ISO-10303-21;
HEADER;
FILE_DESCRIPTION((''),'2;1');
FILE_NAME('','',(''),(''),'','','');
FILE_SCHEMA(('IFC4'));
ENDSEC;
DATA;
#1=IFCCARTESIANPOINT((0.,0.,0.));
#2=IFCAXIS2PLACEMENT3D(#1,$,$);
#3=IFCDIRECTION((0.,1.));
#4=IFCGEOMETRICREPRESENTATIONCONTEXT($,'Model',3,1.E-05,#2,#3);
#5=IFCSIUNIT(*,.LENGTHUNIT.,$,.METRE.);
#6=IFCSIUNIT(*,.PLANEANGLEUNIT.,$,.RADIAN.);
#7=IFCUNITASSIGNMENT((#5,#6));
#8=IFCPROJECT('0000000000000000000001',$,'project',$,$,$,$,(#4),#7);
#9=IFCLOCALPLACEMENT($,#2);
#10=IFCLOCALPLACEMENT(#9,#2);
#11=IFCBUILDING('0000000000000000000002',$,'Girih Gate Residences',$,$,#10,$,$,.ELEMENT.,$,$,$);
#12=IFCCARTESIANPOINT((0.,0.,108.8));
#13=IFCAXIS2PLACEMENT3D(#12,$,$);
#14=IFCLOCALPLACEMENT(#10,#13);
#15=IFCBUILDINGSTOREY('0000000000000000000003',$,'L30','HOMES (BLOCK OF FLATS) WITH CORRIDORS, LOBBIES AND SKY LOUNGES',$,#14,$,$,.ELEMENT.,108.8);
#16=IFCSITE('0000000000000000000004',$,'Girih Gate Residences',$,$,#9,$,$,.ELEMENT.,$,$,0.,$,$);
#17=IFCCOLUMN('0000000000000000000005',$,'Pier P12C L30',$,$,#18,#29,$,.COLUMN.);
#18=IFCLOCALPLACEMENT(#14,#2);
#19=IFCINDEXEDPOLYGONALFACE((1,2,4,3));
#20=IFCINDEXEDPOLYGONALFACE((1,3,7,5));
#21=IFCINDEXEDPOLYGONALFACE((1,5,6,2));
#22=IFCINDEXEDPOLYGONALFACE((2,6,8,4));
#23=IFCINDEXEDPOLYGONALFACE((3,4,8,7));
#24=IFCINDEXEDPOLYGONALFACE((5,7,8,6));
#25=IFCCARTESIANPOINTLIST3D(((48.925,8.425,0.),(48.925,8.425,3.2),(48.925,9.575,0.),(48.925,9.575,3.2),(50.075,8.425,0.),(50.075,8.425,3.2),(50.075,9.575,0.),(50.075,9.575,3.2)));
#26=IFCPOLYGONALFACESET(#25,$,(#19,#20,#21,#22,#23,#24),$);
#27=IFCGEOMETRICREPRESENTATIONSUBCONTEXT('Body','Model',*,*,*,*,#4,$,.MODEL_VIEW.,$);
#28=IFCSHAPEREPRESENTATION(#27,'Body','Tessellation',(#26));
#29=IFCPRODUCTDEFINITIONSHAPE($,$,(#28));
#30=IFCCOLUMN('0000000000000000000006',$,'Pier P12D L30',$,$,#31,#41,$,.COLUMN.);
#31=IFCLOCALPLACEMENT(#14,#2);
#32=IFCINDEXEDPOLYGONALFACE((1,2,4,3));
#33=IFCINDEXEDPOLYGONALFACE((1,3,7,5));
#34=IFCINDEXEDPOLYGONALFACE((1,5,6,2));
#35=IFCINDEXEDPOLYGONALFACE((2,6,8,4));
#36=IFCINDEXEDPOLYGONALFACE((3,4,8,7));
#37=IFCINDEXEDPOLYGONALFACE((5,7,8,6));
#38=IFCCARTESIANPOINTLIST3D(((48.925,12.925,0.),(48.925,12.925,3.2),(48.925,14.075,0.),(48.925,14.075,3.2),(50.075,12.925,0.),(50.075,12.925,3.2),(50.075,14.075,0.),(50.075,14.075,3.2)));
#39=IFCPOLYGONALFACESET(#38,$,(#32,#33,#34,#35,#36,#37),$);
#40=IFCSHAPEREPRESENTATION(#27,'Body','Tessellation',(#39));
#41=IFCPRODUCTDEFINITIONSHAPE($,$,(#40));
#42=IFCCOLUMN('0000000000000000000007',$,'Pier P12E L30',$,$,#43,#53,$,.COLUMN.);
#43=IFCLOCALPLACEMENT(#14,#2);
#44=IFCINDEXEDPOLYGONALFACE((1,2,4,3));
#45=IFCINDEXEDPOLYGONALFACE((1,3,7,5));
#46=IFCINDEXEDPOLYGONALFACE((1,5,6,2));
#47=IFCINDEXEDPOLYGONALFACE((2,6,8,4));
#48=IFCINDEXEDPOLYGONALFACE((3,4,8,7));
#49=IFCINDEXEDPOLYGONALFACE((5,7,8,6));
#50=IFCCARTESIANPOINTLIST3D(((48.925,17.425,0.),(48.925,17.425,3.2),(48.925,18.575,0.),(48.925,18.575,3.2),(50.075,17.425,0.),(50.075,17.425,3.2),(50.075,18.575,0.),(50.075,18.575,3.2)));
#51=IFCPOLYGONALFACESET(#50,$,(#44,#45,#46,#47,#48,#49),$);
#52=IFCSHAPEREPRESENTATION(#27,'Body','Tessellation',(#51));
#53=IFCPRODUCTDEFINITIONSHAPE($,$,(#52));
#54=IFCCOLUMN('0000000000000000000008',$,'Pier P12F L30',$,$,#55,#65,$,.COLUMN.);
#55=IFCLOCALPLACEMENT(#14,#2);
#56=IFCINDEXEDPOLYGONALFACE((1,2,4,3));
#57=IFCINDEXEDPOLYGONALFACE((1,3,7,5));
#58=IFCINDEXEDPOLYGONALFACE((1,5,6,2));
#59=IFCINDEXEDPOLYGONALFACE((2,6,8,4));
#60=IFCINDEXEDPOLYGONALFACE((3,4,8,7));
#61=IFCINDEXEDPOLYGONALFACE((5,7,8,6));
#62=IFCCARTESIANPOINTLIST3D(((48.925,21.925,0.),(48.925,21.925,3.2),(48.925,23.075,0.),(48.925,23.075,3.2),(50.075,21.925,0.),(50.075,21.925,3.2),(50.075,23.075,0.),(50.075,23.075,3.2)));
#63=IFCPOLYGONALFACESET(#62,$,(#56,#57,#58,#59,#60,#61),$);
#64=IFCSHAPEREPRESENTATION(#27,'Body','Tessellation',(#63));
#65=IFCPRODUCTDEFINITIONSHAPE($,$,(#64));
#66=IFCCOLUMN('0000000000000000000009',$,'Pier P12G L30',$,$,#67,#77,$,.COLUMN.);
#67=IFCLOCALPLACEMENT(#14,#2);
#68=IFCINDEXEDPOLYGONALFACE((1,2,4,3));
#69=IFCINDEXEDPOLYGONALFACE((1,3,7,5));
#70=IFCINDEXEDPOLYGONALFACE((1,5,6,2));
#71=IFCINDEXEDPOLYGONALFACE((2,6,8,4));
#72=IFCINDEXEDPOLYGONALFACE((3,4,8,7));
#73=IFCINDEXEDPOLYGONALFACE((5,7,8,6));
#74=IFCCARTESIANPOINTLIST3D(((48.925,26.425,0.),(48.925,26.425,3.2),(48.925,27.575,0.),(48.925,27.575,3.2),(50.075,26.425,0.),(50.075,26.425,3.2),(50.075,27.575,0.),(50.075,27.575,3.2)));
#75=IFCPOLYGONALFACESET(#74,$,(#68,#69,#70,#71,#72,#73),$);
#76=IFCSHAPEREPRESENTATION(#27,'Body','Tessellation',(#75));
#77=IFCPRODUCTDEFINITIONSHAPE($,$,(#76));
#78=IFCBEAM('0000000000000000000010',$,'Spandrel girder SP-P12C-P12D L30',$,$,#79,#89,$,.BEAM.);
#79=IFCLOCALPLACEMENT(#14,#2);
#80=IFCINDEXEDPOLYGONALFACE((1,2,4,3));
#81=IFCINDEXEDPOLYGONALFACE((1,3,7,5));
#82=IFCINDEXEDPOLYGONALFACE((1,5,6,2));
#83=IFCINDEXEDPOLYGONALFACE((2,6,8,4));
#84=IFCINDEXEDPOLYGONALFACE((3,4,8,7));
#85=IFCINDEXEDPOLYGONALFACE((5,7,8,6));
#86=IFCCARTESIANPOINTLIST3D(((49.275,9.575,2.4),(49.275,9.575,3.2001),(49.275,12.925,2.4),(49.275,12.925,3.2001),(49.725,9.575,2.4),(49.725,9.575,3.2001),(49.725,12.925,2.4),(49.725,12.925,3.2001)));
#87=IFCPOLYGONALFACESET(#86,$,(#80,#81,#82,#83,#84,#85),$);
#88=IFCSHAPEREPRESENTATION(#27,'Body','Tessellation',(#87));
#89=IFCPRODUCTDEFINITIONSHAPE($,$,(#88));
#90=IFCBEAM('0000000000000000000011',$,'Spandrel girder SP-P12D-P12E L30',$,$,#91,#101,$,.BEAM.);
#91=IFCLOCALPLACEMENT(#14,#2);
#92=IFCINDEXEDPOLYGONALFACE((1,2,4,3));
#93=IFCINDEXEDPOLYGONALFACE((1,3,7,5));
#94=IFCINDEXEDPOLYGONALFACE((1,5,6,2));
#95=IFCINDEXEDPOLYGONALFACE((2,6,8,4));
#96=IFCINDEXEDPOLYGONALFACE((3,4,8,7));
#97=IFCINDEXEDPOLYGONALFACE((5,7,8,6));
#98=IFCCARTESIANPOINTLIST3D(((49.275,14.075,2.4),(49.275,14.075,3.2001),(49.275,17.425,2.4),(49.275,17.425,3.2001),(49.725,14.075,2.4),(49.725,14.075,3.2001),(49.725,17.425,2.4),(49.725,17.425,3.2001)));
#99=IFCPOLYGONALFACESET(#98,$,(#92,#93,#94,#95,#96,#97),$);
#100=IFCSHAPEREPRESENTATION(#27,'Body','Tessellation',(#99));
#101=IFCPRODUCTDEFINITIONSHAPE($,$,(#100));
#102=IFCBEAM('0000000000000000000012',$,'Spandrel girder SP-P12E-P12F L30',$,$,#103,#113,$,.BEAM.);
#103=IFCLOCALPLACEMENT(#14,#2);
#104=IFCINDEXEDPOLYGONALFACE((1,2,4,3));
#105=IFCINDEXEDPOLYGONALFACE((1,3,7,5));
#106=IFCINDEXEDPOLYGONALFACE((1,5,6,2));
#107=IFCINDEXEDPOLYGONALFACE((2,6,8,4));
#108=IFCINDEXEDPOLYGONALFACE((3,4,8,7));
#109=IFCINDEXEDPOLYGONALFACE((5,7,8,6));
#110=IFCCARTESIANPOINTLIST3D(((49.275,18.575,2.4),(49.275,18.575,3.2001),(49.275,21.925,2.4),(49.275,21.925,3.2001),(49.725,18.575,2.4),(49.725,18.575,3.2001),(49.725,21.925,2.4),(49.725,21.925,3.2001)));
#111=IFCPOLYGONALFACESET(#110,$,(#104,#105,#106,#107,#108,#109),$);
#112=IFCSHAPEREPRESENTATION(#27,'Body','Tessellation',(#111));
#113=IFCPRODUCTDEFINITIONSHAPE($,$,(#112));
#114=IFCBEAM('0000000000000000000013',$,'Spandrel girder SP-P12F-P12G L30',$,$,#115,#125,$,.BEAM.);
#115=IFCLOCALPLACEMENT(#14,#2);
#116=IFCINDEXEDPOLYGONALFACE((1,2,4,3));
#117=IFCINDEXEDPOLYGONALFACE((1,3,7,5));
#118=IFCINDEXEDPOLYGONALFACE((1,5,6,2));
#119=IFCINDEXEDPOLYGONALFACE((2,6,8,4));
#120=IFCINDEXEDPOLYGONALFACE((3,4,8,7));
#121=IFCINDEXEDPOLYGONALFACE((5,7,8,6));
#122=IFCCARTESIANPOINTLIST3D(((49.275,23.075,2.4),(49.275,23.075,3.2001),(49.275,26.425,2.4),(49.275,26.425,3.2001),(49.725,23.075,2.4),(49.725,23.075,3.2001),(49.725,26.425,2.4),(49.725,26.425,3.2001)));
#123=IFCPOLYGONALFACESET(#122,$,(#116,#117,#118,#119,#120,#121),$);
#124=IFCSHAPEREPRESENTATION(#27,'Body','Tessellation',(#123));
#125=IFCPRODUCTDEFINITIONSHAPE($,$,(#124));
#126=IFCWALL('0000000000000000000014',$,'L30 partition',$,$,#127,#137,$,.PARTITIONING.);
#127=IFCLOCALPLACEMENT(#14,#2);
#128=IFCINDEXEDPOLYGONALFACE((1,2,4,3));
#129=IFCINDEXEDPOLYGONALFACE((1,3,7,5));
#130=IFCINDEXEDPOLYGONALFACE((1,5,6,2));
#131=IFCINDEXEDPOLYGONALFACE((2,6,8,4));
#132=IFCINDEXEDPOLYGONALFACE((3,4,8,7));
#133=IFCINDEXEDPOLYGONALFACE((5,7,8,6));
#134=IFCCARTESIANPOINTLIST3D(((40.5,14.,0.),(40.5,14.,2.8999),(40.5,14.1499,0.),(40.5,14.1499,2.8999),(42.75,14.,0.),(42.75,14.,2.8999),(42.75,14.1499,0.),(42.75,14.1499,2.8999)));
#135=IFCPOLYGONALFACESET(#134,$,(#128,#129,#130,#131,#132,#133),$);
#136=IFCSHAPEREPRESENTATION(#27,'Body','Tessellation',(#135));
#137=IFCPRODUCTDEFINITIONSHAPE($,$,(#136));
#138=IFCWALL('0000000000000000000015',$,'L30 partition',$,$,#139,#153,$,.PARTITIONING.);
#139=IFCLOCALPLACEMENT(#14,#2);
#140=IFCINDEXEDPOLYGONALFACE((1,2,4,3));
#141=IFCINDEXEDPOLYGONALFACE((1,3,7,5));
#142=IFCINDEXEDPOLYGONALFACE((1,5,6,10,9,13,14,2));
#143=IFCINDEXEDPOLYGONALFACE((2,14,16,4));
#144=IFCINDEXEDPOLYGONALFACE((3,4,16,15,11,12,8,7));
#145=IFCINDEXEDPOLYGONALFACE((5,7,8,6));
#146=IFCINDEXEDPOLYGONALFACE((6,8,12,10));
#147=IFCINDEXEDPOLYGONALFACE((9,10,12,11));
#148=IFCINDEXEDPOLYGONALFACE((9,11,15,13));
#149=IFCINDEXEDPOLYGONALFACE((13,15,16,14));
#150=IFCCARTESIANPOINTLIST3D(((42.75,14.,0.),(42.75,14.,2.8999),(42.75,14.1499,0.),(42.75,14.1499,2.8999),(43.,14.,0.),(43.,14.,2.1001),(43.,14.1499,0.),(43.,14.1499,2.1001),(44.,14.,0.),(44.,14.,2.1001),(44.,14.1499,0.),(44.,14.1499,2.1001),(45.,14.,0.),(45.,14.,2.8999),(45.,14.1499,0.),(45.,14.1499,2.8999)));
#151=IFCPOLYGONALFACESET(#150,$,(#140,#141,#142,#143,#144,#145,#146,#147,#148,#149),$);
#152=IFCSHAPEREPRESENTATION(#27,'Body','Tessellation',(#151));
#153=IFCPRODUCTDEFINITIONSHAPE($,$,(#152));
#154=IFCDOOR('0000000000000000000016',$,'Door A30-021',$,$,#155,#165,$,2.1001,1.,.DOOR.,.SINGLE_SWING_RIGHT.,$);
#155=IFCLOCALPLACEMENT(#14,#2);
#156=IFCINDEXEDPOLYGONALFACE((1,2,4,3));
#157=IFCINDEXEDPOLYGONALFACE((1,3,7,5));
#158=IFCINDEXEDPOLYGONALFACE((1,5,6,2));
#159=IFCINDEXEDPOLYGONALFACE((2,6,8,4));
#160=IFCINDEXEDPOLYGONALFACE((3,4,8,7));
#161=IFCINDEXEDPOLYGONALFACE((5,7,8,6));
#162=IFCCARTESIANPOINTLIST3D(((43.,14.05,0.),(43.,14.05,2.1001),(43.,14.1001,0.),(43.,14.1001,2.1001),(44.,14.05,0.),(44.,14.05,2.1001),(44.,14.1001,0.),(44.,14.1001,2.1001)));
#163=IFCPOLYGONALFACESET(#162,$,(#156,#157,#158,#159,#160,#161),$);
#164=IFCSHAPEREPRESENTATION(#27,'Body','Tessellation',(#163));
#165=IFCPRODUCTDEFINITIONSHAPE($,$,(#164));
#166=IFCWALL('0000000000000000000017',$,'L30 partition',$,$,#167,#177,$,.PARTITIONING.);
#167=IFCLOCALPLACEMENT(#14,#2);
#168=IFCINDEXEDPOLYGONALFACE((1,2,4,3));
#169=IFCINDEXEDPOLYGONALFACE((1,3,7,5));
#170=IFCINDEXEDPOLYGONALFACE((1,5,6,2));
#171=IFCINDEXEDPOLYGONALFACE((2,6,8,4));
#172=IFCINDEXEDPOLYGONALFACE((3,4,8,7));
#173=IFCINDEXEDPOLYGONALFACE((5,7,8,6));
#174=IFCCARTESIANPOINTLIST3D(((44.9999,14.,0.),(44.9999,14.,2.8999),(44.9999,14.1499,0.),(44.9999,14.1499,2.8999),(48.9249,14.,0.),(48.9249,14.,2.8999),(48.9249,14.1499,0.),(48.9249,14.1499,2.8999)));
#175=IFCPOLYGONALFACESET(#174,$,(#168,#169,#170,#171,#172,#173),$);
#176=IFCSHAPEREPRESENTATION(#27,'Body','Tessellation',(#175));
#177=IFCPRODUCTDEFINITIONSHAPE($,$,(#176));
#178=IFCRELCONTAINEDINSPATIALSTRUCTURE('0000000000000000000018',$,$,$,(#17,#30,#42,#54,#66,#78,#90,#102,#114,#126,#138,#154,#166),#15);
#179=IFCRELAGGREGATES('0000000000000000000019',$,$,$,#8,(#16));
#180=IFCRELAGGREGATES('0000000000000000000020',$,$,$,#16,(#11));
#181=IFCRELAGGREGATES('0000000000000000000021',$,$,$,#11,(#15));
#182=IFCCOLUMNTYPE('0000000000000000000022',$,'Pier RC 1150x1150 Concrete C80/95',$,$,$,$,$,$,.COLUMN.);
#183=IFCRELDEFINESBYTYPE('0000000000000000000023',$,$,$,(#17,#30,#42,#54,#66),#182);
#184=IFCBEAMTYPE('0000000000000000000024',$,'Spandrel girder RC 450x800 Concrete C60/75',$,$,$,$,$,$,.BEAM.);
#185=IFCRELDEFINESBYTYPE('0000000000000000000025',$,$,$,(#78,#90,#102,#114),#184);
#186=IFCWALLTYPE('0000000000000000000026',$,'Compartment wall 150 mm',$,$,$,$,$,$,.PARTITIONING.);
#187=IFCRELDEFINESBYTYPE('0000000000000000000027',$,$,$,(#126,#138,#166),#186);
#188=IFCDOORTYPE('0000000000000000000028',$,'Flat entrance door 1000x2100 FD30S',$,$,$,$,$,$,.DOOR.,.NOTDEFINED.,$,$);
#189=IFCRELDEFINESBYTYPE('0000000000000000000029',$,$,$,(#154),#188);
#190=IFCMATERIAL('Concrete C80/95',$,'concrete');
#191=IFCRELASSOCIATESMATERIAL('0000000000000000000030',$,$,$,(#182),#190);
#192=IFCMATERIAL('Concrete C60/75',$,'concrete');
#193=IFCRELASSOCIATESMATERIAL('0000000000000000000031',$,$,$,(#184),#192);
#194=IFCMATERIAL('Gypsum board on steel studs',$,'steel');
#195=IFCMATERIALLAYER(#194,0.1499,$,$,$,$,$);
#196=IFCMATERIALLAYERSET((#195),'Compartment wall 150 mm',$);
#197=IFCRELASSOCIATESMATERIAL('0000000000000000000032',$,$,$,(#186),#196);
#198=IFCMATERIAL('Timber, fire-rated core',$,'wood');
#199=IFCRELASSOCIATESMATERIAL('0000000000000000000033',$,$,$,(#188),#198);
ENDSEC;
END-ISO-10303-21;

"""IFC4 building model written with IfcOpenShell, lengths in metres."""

from ifc_helpers import new_model, si_unit, direction, frame, frame_2d, origin, origin_2d, place, context, subcontext, project, spatial, rectangle, extrude, material, layer, layer_set, material_profile, profile_set, type_object, element, fill, save


model = new_model("IFC4")

# Units and contexts
model_context = context("Model", 3, precision=1e-05, world=origin(), true_north=direction((0.0, 1.0)))
body_context = subcontext(model_context, "Body", "Model", "MODEL_VIEW")
ifc_project = project(units=[si_unit("LENGTHUNIT", "METRE"), si_unit("PLANEANGLEUNIT", "RADIAN")], contexts=[model_context])

# Site, building, storey
site_placement = place(None, origin())
site = spatial("IfcSite", under=ifc_project, at=site_placement, Name="Girih Gate Residences", CompositionType="ELEMENT", RefElevation=0.0)
building_placement = place(site_placement, origin())
building = spatial("IfcBuilding", under=site, at=building_placement, Name="Girih Gate Residences", CompositionType="ELEMENT")
storey_placement = place(building_placement, frame((0.0, 0.0, 108.8)))
storey = spatial("IfcBuildingStorey", under=building, at=storey_placement, Name="L30", Description="HOMES (BLOCK OF FLATS) WITH CORRIDORS, LOBBIES AND SKY LOUNGES", CompositionType="ELEMENT", Elevation=108.8)

# Columns
ifc_material_1 = material(Name="Concrete C80/95", Category="concrete")
ifc_material_profile_1 = material_profile(ifc_material_1, rectangle(XDim=1.1499, YDim=1.1499, at=origin_2d()))
ifc_profile_set_1 = profile_set([ifc_material_profile_1], Name="Concrete C80/95")
column_type = type_object("IfcColumnType", Name="Pier RC 1150x1150 Concrete C80/95", PredefinedType="COLUMN", material=ifc_profile_set_1)
for number, where, z_axis, x_axis, name in (
    (1, (49.5, 9.0, 0.0), (0.0, 0.0, 1.0), (1.0, 0.0, 0.0), "Pier P12C L30"),
    (2, (49.5, 13.5, 0.0), (0.0, 0.0, 1.0), (1.0, 0.0, 0.0), "Pier P12D L30"),
    (3, (49.5, 18.0, 0.0), (0.0, 0.0, 1.0), (1.0, 0.0, 0.0), "Pier P12E L30"),
    (4, (49.5, 22.5, 0.0), (0.0, 0.0, 1.0), (1.0, 0.0, 0.0), "Pier P12F L30"),
    (5, (49.5, 27.0, 0.0), (0.0, 0.0, 1.0), (1.0, 0.0, 0.0), "Pier P12G L30"),
):
    element("IfcColumn", number, at=place(storey_placement, frame(where, z_axis=z_axis, x_axis=x_axis)), inside=storey, type_object=column_type, Name=name, PredefinedType="COLUMN", context=body_context, shape_type="SweptSolid", body=[
        extrude(rectangle(XDim=1.1499, YDim=1.1499, at=origin_2d()), origin(), (0.0, 0.0, 1.0), 3.2),
    ])

# Beams
ifc_material_2 = material(Name="Concrete C60/75", Category="concrete")
ifc_material_profile_2 = material_profile(ifc_material_2, rectangle(XDim=0.45, YDim=0.8, at=origin_2d()))
ifc_profile_set_2 = profile_set([ifc_material_profile_2], Name="Concrete C60/75")
beam_type = type_object("IfcBeamType", Name="Spandrel girder RC 450x800 Concrete C60/75", PredefinedType="BEAM", material=ifc_profile_set_2)
for number, where, z_axis, x_axis, name in (
    (6, (49.5, 9.575, 2.8), (0.0, 1.0, 0.0), (-1.0, 0.0, 0.0), "Spandrel girder SP-P12C-P12D L30"),
    (7, (49.5, 14.075, 2.8), (0.0, 1.0, 0.0), (-1.0, 0.0, 0.0), "Spandrel girder SP-P12D-P12E L30"),
    (8, (49.5, 18.575, 2.8), (0.0, 1.0, 0.0), (-1.0, 0.0, 0.0), "Spandrel girder SP-P12E-P12F L30"),
    (9, (49.5, 23.075, 2.8), (0.0, 1.0, 0.0), (-1.0, 0.0, 0.0), "Spandrel girder SP-P12F-P12G L30"),
):
    element("IfcBeam", number, at=place(storey_placement, frame(where, z_axis=z_axis, x_axis=x_axis)), inside=storey, type_object=beam_type, Name=name, PredefinedType="BEAM", context=body_context, shape_type="SweptSolid", body=[
        extrude(rectangle(XDim=0.45, YDim=0.8, at=origin_2d()), origin(), (0.0, 0.0, 1.0), 3.3501),
    ])

# Wall
ifc_material_3 = material(Name="Gypsum board on steel studs", Category="steel")
ifc_layer_1 = layer(ifc_material_3, 0.1499)
ifc_layer_set_1 = layer_set([ifc_layer_1], Name="Compartment wall 150 mm")
wall_type_1 = type_object("IfcWallType", Name="Compartment wall 150 mm", PredefinedType="PARTITIONING", material=ifc_layer_set_1)
wall_1_placement = place(storey_placement, frame((40.5, 14.075, 0.0), z_axis=(0.0, 0.0, 1.0), x_axis=(1.0, 0.0, 0.0)))
element("IfcWall", 10, at=wall_1_placement, inside=storey, type_object=wall_type_1, Name="L30 partition", PredefinedType="PARTITIONING", context=body_context, shape_type="SweptSolid", body=[
    extrude(rectangle(XDim=2.25, YDim=0.1499, at=frame_2d((1.125, 0.0))), origin(), (0.0, 0.0, 1.0), 2.8999),
])

# Wall, opening, door
wall_2_placement = place(storey_placement, frame((45.0, 14.075, 0.0), z_axis=(0.0, 0.0, 1.0), x_axis=(-1.0, 0.0, 0.0)))
wall_2 = element("IfcWall", 11, at=wall_2_placement, inside=storey, type_object=wall_type_1, Name="L30 partition", PredefinedType="PARTITIONING", context=body_context, shape_type="SweptSolid", body=[
    extrude(rectangle(XDim=2.25, YDim=0.1499, at=frame_2d((1.125, 0.0))), origin(), (0.0, 0.0, 1.0), 2.8999),
])
opening_1_placement = place(wall_2_placement, frame((1.0, 0.0, 0.0)))
opening_1 = element("IfcOpeningElement", 12, at=opening_1_placement, cuts=wall_2, PredefinedType="OPENING", context=body_context, shape_type="SweptSolid", body=[
    extrude(rectangle(XDim=1.0, YDim=2.1001, at=frame_2d((0.5, 1.05))), frame((0.0, 0.085, 0.0), z_axis=(0.0, -1.0, 0.0), x_axis=(1.0, 0.0, 0.0)), (0.0, 0.0, 1.0), 0.1699),
])
ifc_material_4 = material(Name="Timber, fire-rated core", Category="wood")
door_type_1 = type_object("IfcDoorType", Name="Flat entrance door 1000x2100 FD30S", OperationType="NOTDEFINED", PredefinedType="DOOR", material=ifc_material_4)
door_1_placement = place(opening_1_placement, origin())
door_1 = element("IfcDoor", 13, at=door_1_placement, inside=storey, type_object=door_type_1, Name="Door A30-021", OperationType="SINGLE_SWING_RIGHT", OverallHeight=2.1001, OverallWidth=1.0, PredefinedType="DOOR", context=body_context, shape_type="SweptSolid", body=[
    extrude(rectangle(XDim=1.0, YDim=2.1001, at=frame_2d((0.5, 1.05))), frame((0.0, 0.0249, 0.0), z_axis=(0.0, -1.0, 0.0), x_axis=(1.0, 0.0, 0.0)), (0.0, 0.0, 1.0), 0.05),
])
fill(opening_1, door_1)

# Wall
wall_3_placement = place(storey_placement, frame((45.0, 14.075, 0.0), z_axis=(0.0, 0.0, 1.0), x_axis=(1.0, 0.0, 0.0)))
element("IfcWall", 14, at=wall_3_placement, inside=storey, type_object=wall_type_1, Name="L30 partition", PredefinedType="PARTITIONING", context=body_context, shape_type="SweptSolid", body=[
    extrude(rectangle(XDim=3.925, YDim=0.1499, at=frame_2d((1.9624, 0.0))), origin(), (0.0, 0.0, 1.0), 2.8999),
])

save(model, "model.ifc")
